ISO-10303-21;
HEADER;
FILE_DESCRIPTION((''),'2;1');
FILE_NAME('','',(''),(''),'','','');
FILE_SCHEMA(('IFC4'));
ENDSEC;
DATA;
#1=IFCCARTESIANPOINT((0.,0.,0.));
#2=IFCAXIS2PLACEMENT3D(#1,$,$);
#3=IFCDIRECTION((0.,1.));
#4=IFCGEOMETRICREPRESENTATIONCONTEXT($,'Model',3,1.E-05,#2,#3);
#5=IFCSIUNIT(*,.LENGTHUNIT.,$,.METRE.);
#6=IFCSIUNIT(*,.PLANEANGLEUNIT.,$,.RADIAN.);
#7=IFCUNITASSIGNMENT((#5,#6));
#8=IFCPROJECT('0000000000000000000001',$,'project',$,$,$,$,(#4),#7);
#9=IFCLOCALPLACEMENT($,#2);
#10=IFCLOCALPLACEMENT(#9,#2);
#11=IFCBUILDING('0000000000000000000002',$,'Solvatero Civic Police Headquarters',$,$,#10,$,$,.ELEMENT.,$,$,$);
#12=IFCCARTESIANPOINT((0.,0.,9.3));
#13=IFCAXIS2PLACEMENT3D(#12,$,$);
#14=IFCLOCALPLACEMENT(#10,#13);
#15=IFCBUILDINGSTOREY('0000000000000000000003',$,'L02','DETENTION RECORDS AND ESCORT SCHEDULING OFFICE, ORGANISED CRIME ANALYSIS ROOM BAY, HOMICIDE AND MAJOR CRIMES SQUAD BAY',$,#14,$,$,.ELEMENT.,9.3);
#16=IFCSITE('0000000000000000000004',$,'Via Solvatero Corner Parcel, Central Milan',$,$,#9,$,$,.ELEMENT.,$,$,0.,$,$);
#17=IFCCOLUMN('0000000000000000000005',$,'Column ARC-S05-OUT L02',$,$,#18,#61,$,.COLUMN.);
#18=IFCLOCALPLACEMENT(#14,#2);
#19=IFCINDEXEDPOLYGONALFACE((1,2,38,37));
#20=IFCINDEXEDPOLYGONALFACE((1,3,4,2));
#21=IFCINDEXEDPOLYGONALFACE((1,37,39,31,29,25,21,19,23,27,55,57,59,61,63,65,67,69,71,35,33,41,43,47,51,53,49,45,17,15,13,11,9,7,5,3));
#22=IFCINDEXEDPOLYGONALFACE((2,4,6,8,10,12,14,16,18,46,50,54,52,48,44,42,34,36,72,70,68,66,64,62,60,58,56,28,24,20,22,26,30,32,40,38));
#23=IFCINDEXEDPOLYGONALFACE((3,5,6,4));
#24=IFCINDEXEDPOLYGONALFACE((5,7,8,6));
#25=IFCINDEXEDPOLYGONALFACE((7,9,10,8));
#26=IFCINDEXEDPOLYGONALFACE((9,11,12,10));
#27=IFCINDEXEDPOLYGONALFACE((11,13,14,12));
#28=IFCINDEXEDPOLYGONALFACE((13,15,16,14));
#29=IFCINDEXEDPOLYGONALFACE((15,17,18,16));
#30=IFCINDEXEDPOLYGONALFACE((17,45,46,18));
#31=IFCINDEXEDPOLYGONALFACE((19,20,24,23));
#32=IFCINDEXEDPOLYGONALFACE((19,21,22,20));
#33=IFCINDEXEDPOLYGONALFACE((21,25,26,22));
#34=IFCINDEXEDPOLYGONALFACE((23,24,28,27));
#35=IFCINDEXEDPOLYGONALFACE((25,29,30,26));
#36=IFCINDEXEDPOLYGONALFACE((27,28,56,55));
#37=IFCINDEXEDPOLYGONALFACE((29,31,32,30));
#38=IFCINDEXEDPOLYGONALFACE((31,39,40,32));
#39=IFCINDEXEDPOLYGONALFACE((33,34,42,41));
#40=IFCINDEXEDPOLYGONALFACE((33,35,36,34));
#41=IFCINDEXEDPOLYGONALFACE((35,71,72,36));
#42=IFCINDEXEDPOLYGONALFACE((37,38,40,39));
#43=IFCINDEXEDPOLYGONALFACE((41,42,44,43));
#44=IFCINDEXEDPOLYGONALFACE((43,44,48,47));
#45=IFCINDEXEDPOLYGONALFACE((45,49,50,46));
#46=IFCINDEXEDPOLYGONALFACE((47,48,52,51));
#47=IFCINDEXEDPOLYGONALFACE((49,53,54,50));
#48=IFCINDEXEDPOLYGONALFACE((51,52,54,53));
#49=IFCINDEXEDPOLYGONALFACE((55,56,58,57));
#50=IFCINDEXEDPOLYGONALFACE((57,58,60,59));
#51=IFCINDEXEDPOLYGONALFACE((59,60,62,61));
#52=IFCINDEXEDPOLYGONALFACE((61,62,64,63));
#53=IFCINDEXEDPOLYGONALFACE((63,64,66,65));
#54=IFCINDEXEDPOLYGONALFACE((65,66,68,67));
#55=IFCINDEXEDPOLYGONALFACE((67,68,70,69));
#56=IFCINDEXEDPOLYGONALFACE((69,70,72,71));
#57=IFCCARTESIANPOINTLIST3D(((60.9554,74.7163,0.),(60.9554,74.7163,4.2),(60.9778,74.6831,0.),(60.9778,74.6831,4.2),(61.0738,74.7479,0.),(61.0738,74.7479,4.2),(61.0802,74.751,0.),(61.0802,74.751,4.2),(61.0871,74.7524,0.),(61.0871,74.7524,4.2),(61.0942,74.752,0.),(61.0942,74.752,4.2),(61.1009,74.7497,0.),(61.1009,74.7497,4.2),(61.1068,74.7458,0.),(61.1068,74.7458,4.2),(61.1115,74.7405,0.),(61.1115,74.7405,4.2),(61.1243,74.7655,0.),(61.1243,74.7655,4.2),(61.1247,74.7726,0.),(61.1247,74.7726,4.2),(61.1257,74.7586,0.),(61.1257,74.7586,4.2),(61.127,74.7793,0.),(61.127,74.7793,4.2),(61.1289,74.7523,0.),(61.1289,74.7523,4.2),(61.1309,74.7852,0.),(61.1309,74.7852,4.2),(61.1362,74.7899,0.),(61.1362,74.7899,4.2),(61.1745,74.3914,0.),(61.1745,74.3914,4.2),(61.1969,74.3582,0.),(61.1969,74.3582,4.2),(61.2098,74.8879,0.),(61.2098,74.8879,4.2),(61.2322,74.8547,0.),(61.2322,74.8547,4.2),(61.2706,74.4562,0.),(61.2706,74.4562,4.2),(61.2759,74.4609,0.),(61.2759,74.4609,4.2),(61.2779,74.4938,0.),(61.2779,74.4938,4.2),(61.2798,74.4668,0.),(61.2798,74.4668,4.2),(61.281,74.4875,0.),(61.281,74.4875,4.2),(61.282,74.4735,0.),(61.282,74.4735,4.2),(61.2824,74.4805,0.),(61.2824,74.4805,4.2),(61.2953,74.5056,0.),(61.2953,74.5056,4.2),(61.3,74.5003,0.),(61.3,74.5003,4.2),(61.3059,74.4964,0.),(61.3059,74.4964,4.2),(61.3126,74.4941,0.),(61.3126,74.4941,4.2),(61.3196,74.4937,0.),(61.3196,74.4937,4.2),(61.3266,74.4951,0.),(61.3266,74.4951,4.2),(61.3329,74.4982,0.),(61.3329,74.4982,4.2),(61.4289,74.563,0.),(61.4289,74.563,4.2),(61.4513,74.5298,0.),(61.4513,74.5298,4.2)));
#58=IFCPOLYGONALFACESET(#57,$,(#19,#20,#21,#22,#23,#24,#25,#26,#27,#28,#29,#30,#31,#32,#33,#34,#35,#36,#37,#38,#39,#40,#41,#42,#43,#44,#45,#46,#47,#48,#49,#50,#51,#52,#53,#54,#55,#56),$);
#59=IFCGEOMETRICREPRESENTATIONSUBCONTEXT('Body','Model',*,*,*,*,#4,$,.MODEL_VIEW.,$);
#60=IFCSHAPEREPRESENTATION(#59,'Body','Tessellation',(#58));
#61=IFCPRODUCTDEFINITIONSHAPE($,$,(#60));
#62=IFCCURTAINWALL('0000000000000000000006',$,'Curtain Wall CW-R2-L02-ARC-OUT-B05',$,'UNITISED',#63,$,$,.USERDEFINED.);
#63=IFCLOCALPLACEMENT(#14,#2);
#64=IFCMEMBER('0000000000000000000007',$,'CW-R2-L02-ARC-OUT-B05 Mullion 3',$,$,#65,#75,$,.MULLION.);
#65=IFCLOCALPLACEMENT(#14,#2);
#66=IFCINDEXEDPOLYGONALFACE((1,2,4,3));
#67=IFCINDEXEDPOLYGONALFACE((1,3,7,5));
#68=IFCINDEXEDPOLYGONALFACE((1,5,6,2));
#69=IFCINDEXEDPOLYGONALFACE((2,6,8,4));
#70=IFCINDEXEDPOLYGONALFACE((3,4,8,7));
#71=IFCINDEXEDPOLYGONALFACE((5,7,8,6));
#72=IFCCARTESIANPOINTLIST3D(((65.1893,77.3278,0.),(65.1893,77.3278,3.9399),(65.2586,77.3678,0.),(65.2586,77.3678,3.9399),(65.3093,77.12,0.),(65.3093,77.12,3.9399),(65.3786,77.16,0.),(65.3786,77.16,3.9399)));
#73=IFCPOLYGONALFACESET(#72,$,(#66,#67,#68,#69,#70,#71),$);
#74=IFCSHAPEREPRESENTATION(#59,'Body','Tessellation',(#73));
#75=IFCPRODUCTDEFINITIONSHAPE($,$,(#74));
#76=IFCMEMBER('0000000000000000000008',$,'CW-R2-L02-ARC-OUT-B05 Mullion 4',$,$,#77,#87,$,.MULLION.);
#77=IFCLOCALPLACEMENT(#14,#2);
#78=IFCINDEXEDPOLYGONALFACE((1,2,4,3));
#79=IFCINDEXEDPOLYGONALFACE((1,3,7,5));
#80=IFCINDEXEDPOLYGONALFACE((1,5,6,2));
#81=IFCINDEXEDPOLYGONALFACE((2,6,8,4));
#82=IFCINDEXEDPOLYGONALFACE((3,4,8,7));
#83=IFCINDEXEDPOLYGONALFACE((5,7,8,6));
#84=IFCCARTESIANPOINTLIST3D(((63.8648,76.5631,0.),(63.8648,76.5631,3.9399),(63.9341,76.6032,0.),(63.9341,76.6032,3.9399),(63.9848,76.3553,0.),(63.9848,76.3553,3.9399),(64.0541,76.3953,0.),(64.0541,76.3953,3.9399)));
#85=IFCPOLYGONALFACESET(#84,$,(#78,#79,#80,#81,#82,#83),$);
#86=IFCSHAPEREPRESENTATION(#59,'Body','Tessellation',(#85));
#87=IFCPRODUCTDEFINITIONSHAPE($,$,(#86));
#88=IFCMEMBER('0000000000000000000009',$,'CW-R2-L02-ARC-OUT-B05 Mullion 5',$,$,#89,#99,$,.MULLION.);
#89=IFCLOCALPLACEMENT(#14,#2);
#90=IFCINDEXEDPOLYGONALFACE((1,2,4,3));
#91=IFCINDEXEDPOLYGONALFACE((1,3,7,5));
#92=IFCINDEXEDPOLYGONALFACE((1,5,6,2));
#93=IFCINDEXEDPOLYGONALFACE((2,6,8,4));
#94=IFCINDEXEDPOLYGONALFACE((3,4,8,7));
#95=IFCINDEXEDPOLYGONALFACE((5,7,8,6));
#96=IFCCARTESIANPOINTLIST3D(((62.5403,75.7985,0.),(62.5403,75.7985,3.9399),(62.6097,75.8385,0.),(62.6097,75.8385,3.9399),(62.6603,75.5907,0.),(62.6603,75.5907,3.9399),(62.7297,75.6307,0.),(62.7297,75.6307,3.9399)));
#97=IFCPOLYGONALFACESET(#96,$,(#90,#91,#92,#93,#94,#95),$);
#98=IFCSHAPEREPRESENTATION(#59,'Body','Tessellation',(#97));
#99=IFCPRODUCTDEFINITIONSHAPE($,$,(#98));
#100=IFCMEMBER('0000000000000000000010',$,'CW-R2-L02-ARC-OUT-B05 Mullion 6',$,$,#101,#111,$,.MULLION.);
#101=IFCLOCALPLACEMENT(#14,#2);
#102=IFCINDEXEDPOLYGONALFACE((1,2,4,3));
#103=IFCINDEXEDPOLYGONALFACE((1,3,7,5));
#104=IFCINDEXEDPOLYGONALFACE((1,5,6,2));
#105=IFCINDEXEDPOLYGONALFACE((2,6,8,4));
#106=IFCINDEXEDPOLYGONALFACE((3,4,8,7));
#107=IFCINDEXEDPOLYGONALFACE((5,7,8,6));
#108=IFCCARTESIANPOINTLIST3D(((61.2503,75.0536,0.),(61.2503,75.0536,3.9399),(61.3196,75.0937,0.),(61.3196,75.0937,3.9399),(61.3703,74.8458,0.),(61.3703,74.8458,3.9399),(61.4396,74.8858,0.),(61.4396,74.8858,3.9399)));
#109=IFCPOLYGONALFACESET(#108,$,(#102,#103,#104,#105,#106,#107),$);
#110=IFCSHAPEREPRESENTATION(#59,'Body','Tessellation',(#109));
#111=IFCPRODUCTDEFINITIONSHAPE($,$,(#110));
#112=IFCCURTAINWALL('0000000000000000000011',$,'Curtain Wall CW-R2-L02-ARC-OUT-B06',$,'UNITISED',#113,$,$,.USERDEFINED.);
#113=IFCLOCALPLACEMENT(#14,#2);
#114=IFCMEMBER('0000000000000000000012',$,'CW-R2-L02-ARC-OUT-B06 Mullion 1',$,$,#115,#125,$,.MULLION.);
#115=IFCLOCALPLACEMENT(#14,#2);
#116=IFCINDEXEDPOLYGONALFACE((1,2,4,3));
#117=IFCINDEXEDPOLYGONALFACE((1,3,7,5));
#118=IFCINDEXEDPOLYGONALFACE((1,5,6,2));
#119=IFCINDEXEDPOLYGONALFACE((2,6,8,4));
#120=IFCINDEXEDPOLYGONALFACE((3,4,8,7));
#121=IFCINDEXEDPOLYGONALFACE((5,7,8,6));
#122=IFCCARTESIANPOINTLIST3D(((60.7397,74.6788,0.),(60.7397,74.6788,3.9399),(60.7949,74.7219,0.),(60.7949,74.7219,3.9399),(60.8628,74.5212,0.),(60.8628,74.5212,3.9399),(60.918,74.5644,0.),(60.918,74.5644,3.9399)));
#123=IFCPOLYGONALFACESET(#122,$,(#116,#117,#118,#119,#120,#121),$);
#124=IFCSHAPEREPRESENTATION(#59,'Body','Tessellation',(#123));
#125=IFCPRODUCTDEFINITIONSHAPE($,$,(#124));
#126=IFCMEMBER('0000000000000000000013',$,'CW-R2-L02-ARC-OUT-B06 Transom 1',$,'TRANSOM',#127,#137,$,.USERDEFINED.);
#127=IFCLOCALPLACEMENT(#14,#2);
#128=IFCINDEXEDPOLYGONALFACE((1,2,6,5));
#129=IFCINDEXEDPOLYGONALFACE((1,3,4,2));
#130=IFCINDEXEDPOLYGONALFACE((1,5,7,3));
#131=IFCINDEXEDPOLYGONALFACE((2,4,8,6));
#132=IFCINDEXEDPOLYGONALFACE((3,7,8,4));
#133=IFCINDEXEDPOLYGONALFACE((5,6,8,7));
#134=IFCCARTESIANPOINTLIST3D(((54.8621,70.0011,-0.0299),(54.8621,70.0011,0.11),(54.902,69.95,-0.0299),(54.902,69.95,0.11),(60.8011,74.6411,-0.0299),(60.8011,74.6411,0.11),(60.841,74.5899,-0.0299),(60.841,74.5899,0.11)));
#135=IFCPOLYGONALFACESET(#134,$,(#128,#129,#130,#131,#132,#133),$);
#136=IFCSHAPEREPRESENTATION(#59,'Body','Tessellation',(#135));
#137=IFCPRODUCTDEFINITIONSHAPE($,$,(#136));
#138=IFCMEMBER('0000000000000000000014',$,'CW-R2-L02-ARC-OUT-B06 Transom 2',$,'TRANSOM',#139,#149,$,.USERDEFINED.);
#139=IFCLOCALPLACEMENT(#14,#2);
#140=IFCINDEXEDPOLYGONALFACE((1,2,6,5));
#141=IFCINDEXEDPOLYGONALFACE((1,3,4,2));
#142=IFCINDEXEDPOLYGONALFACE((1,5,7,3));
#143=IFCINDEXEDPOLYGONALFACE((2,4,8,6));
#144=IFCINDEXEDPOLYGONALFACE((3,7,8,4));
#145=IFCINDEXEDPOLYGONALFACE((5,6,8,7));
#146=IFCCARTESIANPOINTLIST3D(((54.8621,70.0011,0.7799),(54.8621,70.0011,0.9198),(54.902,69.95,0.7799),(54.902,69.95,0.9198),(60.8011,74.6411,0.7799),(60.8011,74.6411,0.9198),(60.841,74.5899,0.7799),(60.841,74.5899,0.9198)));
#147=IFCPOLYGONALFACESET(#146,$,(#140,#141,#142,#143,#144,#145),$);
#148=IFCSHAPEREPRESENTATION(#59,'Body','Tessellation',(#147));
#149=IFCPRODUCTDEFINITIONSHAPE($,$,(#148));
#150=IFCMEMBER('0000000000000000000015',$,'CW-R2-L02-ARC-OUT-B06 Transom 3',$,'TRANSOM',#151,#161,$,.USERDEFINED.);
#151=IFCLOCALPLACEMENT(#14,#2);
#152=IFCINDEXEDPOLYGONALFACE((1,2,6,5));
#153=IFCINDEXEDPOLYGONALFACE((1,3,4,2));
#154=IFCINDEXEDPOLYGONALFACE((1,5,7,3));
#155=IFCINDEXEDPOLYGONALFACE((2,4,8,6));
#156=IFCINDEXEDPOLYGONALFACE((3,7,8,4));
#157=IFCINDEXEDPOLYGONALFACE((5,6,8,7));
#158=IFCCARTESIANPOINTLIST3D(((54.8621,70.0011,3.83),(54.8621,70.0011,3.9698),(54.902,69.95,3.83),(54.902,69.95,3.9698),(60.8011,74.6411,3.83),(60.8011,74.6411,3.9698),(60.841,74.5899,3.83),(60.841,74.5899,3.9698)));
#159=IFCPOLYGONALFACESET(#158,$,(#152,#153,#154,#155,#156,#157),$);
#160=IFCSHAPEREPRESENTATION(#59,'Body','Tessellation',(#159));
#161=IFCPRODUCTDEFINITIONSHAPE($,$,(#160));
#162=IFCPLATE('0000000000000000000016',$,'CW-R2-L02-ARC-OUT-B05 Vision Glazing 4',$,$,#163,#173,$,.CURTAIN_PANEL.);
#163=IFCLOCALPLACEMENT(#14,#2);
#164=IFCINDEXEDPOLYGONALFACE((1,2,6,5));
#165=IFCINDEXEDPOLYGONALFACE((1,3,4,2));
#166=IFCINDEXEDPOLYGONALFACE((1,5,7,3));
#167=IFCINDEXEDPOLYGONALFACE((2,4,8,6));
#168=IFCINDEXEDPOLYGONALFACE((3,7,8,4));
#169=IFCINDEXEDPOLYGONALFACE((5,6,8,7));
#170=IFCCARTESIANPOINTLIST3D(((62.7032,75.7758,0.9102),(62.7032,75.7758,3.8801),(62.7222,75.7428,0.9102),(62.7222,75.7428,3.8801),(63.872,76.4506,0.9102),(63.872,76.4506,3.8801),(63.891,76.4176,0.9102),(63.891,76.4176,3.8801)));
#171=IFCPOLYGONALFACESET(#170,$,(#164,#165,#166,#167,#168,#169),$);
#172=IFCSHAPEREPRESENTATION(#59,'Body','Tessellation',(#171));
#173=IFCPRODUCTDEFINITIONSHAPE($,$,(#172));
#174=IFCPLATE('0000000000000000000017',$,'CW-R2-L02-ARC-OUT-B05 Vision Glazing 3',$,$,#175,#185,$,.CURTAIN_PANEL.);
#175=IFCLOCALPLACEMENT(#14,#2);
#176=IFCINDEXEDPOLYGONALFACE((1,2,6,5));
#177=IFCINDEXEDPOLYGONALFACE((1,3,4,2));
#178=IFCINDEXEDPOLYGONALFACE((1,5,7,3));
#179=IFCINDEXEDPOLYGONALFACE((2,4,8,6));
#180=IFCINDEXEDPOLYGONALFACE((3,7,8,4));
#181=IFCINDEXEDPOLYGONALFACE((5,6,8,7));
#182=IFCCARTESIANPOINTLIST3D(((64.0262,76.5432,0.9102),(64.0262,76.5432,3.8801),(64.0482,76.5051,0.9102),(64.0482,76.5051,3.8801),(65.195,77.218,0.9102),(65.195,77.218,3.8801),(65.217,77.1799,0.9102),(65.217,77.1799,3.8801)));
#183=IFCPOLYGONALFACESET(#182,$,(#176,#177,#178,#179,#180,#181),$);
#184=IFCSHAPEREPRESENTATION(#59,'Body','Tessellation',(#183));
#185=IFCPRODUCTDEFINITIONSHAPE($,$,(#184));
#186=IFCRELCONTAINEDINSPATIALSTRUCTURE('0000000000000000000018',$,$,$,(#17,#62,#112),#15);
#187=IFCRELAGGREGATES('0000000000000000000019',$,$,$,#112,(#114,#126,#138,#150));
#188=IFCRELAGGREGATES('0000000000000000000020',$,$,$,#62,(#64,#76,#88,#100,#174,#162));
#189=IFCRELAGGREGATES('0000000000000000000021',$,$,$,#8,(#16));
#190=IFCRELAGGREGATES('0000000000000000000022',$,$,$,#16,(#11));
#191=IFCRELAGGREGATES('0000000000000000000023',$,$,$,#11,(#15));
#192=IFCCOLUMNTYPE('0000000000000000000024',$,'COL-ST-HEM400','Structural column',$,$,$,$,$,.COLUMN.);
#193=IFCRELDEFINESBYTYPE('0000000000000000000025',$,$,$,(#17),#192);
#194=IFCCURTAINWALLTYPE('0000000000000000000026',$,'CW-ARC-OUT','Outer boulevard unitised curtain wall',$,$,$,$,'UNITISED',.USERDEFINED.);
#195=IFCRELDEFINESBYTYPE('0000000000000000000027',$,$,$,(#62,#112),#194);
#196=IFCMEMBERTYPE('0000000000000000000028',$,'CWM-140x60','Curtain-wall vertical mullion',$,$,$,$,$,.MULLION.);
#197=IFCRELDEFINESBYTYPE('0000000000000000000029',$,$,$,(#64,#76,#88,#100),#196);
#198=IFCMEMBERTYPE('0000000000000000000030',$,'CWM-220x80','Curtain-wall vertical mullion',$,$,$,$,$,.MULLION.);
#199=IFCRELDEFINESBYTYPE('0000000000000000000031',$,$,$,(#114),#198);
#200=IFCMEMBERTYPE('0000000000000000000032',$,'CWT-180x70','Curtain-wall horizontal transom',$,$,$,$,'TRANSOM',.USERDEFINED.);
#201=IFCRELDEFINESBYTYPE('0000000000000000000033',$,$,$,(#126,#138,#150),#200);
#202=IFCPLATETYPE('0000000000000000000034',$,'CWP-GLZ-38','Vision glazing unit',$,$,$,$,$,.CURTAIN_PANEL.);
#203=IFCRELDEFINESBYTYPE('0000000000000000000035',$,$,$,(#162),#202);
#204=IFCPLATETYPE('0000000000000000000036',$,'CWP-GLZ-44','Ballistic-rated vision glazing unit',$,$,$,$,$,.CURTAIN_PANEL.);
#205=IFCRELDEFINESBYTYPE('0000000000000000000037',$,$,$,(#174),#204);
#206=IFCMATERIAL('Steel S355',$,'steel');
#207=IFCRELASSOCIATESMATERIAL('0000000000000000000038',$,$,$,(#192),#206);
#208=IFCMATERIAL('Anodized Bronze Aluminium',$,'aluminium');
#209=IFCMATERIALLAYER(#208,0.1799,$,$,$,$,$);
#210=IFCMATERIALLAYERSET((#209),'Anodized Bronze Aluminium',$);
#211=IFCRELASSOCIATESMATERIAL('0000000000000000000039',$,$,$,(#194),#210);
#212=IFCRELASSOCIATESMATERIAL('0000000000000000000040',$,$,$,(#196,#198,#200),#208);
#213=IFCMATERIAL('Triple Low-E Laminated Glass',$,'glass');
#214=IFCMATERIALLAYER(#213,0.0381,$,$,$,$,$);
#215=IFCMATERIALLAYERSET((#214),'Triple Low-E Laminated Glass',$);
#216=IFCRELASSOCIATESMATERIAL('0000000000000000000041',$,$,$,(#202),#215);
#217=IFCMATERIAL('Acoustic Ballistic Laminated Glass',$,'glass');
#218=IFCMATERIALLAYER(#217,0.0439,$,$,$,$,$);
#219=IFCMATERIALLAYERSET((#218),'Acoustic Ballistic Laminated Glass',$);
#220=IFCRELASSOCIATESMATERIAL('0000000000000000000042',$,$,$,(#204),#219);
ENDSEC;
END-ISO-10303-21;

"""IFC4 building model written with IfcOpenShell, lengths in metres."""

from ifc_helpers import new_model, si_unit, direction, frame, origin, origin_2d, place, context, subcontext, project, spatial, rectangle, i_section, extrude, material, layer, layer_set, material_profile, profile_set, type_object, element, aggregate, save


model = new_model("IFC4")

# Units and contexts
model_context = context("Model", 3, precision=1e-05, world=origin(), true_north=direction((0.0, 1.0)))
body_context = subcontext(model_context, "Body", "Model", "MODEL_VIEW")
ifc_project = project(units=[si_unit("LENGTHUNIT", "METRE"), si_unit("PLANEANGLEUNIT", "RADIAN")], contexts=[model_context])

# Site, building, storey
site_placement = place(None, origin())
site = spatial("IfcSite", under=ifc_project, at=site_placement, Name="Via Solvatero Corner Parcel, Central Milan", CompositionType="ELEMENT", RefElevation=0.0)
building_placement = place(site_placement, origin())
building = spatial("IfcBuilding", under=site, at=building_placement, Name="Solvatero Civic Police Headquarters", CompositionType="ELEMENT")
storey_placement = place(building_placement, frame((0.0, 0.0, 9.3)))
storey = spatial("IfcBuildingStorey", under=building, at=storey_placement, Name="L02", Description="DETENTION RECORDS AND ESCORT SCHEDULING OFFICE, ORGANISED CRIME ANALYSIS ROOM BAY, HOMICIDE AND MAJOR CRIMES SQUAD BAY", CompositionType="ELEMENT", Elevation=9.3)

# Column
ifc_material_1 = material(Name="Steel S355", Category="steel")
ifc_material_profile_1 = material_profile(ifc_material_1, i_section(OverallWidth=0.3069, OverallDepth=0.4319, WebThickness=0.021, FlangeThickness=0.04, FilletRadius=0.0271, at=origin_2d()), Name="HEM 400")
ifc_profile_set_1 = profile_set([ifc_material_profile_1], Name="Steel S355")
column_type = type_object("IfcColumnType", Name="COL-ST-HEM400", Description="Structural column", PredefinedType="COLUMN", material=ifc_profile_set_1)
column_placement = place(storey_placement, frame((61.2034, 74.623, 0.0), z_axis=(0.0, 0.0, 1.0), x_axis=(0.829038, 0.559193, 0.0)))
element("IfcColumn", 1, at=column_placement, inside=storey, type_object=column_type, Name="Column ARC-S05-OUT L02", PredefinedType="COLUMN", context=body_context, shape_type="SweptSolid", body=[
    extrude(i_section(OverallWidth=0.3069, OverallDepth=0.4319, WebThickness=0.021, FlangeThickness=0.04, FilletRadius=0.0271, at=origin_2d()), origin(), (0.0, 0.0, 1.0), 4.2),
])

# Curtain walls, members
ifc_material_2 = material(Name="Anodized Bronze Aluminium", Category="aluminium")
ifc_layer_1 = layer(ifc_material_2, 0.1799)
ifc_layer_set_1 = layer_set([ifc_layer_1], Name="Anodized Bronze Aluminium")
curtain_wall_type = type_object("IfcCurtainWallType", Name="CW-ARC-OUT", Description="Outer boulevard unitised curtain wall", ElementType="UNITISED", PredefinedType="USERDEFINED", material=ifc_layer_set_1)
curtain_wall_1_placement = place(storey_placement, origin())
curtain_wall_1 = element("IfcCurtainWall", 2, at=curtain_wall_1_placement, inside=storey, type_object=curtain_wall_type, Name="Curtain Wall CW-R2-L02-ARC-OUT-B05", ObjectType="UNITISED", PredefinedType="USERDEFINED")
ifc_material_profile_2 = material_profile(ifc_material_2, rectangle(XDim=0.0801, YDim=0.24, at=origin_2d()), Name="ALU MULLION 80x240")
ifc_profile_set_2 = profile_set([ifc_material_profile_2], Name="Anodized Bronze Aluminium")
member_type_1 = type_object("IfcMemberType", Name="CWM-140x60", Description="Curtain-wall vertical mullion", PredefinedType="MULLION", material=ifc_profile_set_2)
member_1_placement = place(storey_placement, frame((65.2839, 77.2439, 0.0), z_axis=(0.0, 0.0, 1.0), x_axis=(-0.866025, -0.5, 0.0)))
member_1 = element("IfcMember", 3, at=member_1_placement, type_object=member_type_1, Name="CW-R2-L02-ARC-OUT-B05 Mullion 3", PredefinedType="MULLION", context=body_context, shape_type="SweptSolid", body=[
    extrude(rectangle(XDim=0.0801, YDim=0.24, at=origin_2d()), origin(), (0.0, 0.0, 1.0), 3.9399),
])
member_2_placement = place(storey_placement, frame((63.9595, 76.4792, 0.0), z_axis=(0.0, 0.0, 1.0), x_axis=(-0.866025, -0.5, 0.0)))
member_2 = element("IfcMember", 4, at=member_2_placement, type_object=member_type_1, Name="CW-R2-L02-ARC-OUT-B05 Mullion 4", PredefinedType="MULLION", context=body_context, shape_type="SweptSolid", body=[
    extrude(rectangle(XDim=0.0801, YDim=0.24, at=origin_2d()), origin(), (0.0, 0.0, 1.0), 3.9399),
])
member_3_placement = place(storey_placement, frame((62.635, 75.7146, 0.0), z_axis=(0.0, 0.0, 1.0), x_axis=(-0.866025, -0.5, 0.0)))
member_3 = element("IfcMember", 5, at=member_3_placement, type_object=member_type_1, Name="CW-R2-L02-ARC-OUT-B05 Mullion 5", PredefinedType="MULLION", context=body_context, shape_type="SweptSolid", body=[
    extrude(rectangle(XDim=0.0801, YDim=0.24, at=origin_2d()), origin(), (0.0, 0.0, 1.0), 3.9399),
])
member_4_placement = place(storey_placement, frame((61.345, 74.9697, 0.0), z_axis=(0.0, 0.0, 1.0), x_axis=(-0.866025, -0.5, 0.0)))
member_4 = element("IfcMember", 6, at=member_4_placement, type_object=member_type_1, Name="CW-R2-L02-ARC-OUT-B05 Mullion 6", PredefinedType="MULLION", context=body_context, shape_type="SweptSolid", body=[
    extrude(rectangle(XDim=0.0801, YDim=0.24, at=origin_2d()), origin(), (0.0, 0.0, 1.0), 3.9399),
])
curtain_wall_2_placement = place(storey_placement, origin())
curtain_wall_2 = element("IfcCurtainWall", 7, at=curtain_wall_2_placement, inside=storey, type_object=curtain_wall_type, Name="Curtain Wall CW-R2-L02-ARC-OUT-B06", ObjectType="UNITISED", PredefinedType="USERDEFINED")
ifc_material_profile_3 = material_profile(ifc_material_2, rectangle(XDim=0.0701, YDim=0.2, at=origin_2d()), Name="ALU MULLION 70x200")
ifc_profile_set_3 = profile_set([ifc_material_profile_3], Name="Anodized Bronze Aluminium")
member_type_2 = type_object("IfcMemberType", Name="CWM-220x80", Description="Curtain-wall vertical mullion", PredefinedType="MULLION", material=ifc_profile_set_3)
member_5_placement = place(storey_placement, frame((60.8289, 74.6216, 0.0), z_axis=(0.0, 0.0, 1.0), x_axis=(-0.788021, -0.615648, 0.0)))
member_5 = element("IfcMember", 8, at=member_5_placement, type_object=member_type_2, Name="CW-R2-L02-ARC-OUT-B06 Mullion 1", PredefinedType="MULLION", context=body_context, shape_type="SweptSolid", body=[
    extrude(rectangle(XDim=0.0701, YDim=0.2, at=origin_2d()), origin(), (0.0, 0.0, 1.0), 3.9399),
])
ifc_material_profile_4 = material_profile(ifc_material_2, rectangle(XDim=0.0649, YDim=0.1399, at=origin_2d()), Name="ALU TRANSOM 65x140")
ifc_profile_set_4 = profile_set([ifc_material_profile_4], Name="Anodized Bronze Aluminium")
member_type_3 = type_object("IfcMemberType", Name="CWT-180x70", Description="Curtain-wall horizontal transom", ElementType="TRANSOM", PredefinedType="USERDEFINED", material=ifc_profile_set_4)
member_6_placement = place(storey_placement, frame((60.821, 74.6155, 0.04), z_axis=(-0.788019, -0.61565, 0.0), x_axis=(0.61565, -0.788019, 0.0)))
member_6 = element("IfcMember", 9, at=member_6_placement, type_object=member_type_3, Name="CW-R2-L02-ARC-OUT-B06 Transom 1", ObjectType="TRANSOM", PredefinedType="USERDEFINED", context=body_context, shape_type="SweptSolid", body=[
    extrude(rectangle(XDim=0.0649, YDim=0.1399, at=origin_2d()), origin(), (0.0, 0.0, 1.0), 7.5366),
])
member_7_placement = place(storey_placement, frame((60.821, 74.6155, 0.8499), z_axis=(-0.788019, -0.61565, 0.0), x_axis=(0.61565, -0.788019, 0.0)))
member_7 = element("IfcMember", 10, at=member_7_placement, type_object=member_type_3, Name="CW-R2-L02-ARC-OUT-B06 Transom 2", ObjectType="TRANSOM", PredefinedType="USERDEFINED", context=body_context, shape_type="SweptSolid", body=[
    extrude(rectangle(XDim=0.0649, YDim=0.1399, at=origin_2d()), origin(), (0.0, 0.0, 1.0), 7.5366),
])
member_8_placement = place(storey_placement, frame((60.821, 74.6155, 3.8999), z_axis=(-0.788019, -0.61565, 0.0), x_axis=(0.61565, -0.788019, 0.0)))
member_8 = element("IfcMember", 11, at=member_8_placement, type_object=member_type_3, Name="CW-R2-L02-ARC-OUT-B06 Transom 3", ObjectType="TRANSOM", PredefinedType="USERDEFINED", context=body_context, shape_type="SweptSolid", body=[
    extrude(rectangle(XDim=0.0649, YDim=0.1399, at=origin_2d()), origin(), (0.0, 0.0, 1.0), 7.5366),
])
aggregate(curtain_wall_2, [member_5, member_6, member_7, member_8])

# Plates
ifc_material_3 = material(Name="Triple Low-E Laminated Glass", Category="glass")
ifc_layer_2 = layer(ifc_material_3, 0.0381)
ifc_layer_set_2 = layer_set([ifc_layer_2], Name="Triple Low-E Laminated Glass")
plate_type_1 = type_object("IfcPlateType", Name="CWP-GLZ-38", Description="Vision glazing unit", PredefinedType="CURTAIN_PANEL", material=ifc_layer_set_2)
plate_1_placement = place(storey_placement, frame((63.2971, 76.0967, 0.9102), z_axis=(0.0, 0.0, 1.0), x_axis=(-0.866025, -0.5, 0.0)))
plate_1 = element("IfcPlate", 12, at=plate_1_placement, type_object=plate_type_1, Name="CW-R2-L02-ARC-OUT-B05 Vision Glazing 4", PredefinedType="CURTAIN_PANEL", context=body_context, shape_type="SweptSolid", body=[
    extrude(rectangle(XDim=1.3496, YDim=0.0381, at=origin_2d()), origin(), (0.0, 0.0, 1.0), 2.97),
])
ifc_material_4 = material(Name="Acoustic Ballistic Laminated Glass", Category="glass")
ifc_layer_3 = layer(ifc_material_4, 0.0439)
ifc_layer_set_3 = layer_set([ifc_layer_3], Name="Acoustic Ballistic Laminated Glass")
plate_type_2 = type_object("IfcPlateType", Name="CWP-GLZ-44", Description="Ballistic-rated vision glazing unit", PredefinedType="CURTAIN_PANEL", material=ifc_layer_set_3)
plate_2_placement = place(storey_placement, frame((64.6216, 76.8616, 0.9102), z_axis=(0.0, 0.0, 1.0), x_axis=(-0.866025, -0.5, 0.0)))
plate_2 = element("IfcPlate", 13, at=plate_2_placement, type_object=plate_type_2, Name="CW-R2-L02-ARC-OUT-B05 Vision Glazing 3", PredefinedType="CURTAIN_PANEL", context=body_context, shape_type="SweptSolid", body=[
    extrude(rectangle(XDim=1.3496, YDim=0.0439, at=origin_2d()), origin(), (0.0, 0.0, 1.0), 2.97),
])
aggregate(curtain_wall_1, [member_1, member_2, member_3, member_4, plate_2, plate_1])

save(model, "model.ifc")
